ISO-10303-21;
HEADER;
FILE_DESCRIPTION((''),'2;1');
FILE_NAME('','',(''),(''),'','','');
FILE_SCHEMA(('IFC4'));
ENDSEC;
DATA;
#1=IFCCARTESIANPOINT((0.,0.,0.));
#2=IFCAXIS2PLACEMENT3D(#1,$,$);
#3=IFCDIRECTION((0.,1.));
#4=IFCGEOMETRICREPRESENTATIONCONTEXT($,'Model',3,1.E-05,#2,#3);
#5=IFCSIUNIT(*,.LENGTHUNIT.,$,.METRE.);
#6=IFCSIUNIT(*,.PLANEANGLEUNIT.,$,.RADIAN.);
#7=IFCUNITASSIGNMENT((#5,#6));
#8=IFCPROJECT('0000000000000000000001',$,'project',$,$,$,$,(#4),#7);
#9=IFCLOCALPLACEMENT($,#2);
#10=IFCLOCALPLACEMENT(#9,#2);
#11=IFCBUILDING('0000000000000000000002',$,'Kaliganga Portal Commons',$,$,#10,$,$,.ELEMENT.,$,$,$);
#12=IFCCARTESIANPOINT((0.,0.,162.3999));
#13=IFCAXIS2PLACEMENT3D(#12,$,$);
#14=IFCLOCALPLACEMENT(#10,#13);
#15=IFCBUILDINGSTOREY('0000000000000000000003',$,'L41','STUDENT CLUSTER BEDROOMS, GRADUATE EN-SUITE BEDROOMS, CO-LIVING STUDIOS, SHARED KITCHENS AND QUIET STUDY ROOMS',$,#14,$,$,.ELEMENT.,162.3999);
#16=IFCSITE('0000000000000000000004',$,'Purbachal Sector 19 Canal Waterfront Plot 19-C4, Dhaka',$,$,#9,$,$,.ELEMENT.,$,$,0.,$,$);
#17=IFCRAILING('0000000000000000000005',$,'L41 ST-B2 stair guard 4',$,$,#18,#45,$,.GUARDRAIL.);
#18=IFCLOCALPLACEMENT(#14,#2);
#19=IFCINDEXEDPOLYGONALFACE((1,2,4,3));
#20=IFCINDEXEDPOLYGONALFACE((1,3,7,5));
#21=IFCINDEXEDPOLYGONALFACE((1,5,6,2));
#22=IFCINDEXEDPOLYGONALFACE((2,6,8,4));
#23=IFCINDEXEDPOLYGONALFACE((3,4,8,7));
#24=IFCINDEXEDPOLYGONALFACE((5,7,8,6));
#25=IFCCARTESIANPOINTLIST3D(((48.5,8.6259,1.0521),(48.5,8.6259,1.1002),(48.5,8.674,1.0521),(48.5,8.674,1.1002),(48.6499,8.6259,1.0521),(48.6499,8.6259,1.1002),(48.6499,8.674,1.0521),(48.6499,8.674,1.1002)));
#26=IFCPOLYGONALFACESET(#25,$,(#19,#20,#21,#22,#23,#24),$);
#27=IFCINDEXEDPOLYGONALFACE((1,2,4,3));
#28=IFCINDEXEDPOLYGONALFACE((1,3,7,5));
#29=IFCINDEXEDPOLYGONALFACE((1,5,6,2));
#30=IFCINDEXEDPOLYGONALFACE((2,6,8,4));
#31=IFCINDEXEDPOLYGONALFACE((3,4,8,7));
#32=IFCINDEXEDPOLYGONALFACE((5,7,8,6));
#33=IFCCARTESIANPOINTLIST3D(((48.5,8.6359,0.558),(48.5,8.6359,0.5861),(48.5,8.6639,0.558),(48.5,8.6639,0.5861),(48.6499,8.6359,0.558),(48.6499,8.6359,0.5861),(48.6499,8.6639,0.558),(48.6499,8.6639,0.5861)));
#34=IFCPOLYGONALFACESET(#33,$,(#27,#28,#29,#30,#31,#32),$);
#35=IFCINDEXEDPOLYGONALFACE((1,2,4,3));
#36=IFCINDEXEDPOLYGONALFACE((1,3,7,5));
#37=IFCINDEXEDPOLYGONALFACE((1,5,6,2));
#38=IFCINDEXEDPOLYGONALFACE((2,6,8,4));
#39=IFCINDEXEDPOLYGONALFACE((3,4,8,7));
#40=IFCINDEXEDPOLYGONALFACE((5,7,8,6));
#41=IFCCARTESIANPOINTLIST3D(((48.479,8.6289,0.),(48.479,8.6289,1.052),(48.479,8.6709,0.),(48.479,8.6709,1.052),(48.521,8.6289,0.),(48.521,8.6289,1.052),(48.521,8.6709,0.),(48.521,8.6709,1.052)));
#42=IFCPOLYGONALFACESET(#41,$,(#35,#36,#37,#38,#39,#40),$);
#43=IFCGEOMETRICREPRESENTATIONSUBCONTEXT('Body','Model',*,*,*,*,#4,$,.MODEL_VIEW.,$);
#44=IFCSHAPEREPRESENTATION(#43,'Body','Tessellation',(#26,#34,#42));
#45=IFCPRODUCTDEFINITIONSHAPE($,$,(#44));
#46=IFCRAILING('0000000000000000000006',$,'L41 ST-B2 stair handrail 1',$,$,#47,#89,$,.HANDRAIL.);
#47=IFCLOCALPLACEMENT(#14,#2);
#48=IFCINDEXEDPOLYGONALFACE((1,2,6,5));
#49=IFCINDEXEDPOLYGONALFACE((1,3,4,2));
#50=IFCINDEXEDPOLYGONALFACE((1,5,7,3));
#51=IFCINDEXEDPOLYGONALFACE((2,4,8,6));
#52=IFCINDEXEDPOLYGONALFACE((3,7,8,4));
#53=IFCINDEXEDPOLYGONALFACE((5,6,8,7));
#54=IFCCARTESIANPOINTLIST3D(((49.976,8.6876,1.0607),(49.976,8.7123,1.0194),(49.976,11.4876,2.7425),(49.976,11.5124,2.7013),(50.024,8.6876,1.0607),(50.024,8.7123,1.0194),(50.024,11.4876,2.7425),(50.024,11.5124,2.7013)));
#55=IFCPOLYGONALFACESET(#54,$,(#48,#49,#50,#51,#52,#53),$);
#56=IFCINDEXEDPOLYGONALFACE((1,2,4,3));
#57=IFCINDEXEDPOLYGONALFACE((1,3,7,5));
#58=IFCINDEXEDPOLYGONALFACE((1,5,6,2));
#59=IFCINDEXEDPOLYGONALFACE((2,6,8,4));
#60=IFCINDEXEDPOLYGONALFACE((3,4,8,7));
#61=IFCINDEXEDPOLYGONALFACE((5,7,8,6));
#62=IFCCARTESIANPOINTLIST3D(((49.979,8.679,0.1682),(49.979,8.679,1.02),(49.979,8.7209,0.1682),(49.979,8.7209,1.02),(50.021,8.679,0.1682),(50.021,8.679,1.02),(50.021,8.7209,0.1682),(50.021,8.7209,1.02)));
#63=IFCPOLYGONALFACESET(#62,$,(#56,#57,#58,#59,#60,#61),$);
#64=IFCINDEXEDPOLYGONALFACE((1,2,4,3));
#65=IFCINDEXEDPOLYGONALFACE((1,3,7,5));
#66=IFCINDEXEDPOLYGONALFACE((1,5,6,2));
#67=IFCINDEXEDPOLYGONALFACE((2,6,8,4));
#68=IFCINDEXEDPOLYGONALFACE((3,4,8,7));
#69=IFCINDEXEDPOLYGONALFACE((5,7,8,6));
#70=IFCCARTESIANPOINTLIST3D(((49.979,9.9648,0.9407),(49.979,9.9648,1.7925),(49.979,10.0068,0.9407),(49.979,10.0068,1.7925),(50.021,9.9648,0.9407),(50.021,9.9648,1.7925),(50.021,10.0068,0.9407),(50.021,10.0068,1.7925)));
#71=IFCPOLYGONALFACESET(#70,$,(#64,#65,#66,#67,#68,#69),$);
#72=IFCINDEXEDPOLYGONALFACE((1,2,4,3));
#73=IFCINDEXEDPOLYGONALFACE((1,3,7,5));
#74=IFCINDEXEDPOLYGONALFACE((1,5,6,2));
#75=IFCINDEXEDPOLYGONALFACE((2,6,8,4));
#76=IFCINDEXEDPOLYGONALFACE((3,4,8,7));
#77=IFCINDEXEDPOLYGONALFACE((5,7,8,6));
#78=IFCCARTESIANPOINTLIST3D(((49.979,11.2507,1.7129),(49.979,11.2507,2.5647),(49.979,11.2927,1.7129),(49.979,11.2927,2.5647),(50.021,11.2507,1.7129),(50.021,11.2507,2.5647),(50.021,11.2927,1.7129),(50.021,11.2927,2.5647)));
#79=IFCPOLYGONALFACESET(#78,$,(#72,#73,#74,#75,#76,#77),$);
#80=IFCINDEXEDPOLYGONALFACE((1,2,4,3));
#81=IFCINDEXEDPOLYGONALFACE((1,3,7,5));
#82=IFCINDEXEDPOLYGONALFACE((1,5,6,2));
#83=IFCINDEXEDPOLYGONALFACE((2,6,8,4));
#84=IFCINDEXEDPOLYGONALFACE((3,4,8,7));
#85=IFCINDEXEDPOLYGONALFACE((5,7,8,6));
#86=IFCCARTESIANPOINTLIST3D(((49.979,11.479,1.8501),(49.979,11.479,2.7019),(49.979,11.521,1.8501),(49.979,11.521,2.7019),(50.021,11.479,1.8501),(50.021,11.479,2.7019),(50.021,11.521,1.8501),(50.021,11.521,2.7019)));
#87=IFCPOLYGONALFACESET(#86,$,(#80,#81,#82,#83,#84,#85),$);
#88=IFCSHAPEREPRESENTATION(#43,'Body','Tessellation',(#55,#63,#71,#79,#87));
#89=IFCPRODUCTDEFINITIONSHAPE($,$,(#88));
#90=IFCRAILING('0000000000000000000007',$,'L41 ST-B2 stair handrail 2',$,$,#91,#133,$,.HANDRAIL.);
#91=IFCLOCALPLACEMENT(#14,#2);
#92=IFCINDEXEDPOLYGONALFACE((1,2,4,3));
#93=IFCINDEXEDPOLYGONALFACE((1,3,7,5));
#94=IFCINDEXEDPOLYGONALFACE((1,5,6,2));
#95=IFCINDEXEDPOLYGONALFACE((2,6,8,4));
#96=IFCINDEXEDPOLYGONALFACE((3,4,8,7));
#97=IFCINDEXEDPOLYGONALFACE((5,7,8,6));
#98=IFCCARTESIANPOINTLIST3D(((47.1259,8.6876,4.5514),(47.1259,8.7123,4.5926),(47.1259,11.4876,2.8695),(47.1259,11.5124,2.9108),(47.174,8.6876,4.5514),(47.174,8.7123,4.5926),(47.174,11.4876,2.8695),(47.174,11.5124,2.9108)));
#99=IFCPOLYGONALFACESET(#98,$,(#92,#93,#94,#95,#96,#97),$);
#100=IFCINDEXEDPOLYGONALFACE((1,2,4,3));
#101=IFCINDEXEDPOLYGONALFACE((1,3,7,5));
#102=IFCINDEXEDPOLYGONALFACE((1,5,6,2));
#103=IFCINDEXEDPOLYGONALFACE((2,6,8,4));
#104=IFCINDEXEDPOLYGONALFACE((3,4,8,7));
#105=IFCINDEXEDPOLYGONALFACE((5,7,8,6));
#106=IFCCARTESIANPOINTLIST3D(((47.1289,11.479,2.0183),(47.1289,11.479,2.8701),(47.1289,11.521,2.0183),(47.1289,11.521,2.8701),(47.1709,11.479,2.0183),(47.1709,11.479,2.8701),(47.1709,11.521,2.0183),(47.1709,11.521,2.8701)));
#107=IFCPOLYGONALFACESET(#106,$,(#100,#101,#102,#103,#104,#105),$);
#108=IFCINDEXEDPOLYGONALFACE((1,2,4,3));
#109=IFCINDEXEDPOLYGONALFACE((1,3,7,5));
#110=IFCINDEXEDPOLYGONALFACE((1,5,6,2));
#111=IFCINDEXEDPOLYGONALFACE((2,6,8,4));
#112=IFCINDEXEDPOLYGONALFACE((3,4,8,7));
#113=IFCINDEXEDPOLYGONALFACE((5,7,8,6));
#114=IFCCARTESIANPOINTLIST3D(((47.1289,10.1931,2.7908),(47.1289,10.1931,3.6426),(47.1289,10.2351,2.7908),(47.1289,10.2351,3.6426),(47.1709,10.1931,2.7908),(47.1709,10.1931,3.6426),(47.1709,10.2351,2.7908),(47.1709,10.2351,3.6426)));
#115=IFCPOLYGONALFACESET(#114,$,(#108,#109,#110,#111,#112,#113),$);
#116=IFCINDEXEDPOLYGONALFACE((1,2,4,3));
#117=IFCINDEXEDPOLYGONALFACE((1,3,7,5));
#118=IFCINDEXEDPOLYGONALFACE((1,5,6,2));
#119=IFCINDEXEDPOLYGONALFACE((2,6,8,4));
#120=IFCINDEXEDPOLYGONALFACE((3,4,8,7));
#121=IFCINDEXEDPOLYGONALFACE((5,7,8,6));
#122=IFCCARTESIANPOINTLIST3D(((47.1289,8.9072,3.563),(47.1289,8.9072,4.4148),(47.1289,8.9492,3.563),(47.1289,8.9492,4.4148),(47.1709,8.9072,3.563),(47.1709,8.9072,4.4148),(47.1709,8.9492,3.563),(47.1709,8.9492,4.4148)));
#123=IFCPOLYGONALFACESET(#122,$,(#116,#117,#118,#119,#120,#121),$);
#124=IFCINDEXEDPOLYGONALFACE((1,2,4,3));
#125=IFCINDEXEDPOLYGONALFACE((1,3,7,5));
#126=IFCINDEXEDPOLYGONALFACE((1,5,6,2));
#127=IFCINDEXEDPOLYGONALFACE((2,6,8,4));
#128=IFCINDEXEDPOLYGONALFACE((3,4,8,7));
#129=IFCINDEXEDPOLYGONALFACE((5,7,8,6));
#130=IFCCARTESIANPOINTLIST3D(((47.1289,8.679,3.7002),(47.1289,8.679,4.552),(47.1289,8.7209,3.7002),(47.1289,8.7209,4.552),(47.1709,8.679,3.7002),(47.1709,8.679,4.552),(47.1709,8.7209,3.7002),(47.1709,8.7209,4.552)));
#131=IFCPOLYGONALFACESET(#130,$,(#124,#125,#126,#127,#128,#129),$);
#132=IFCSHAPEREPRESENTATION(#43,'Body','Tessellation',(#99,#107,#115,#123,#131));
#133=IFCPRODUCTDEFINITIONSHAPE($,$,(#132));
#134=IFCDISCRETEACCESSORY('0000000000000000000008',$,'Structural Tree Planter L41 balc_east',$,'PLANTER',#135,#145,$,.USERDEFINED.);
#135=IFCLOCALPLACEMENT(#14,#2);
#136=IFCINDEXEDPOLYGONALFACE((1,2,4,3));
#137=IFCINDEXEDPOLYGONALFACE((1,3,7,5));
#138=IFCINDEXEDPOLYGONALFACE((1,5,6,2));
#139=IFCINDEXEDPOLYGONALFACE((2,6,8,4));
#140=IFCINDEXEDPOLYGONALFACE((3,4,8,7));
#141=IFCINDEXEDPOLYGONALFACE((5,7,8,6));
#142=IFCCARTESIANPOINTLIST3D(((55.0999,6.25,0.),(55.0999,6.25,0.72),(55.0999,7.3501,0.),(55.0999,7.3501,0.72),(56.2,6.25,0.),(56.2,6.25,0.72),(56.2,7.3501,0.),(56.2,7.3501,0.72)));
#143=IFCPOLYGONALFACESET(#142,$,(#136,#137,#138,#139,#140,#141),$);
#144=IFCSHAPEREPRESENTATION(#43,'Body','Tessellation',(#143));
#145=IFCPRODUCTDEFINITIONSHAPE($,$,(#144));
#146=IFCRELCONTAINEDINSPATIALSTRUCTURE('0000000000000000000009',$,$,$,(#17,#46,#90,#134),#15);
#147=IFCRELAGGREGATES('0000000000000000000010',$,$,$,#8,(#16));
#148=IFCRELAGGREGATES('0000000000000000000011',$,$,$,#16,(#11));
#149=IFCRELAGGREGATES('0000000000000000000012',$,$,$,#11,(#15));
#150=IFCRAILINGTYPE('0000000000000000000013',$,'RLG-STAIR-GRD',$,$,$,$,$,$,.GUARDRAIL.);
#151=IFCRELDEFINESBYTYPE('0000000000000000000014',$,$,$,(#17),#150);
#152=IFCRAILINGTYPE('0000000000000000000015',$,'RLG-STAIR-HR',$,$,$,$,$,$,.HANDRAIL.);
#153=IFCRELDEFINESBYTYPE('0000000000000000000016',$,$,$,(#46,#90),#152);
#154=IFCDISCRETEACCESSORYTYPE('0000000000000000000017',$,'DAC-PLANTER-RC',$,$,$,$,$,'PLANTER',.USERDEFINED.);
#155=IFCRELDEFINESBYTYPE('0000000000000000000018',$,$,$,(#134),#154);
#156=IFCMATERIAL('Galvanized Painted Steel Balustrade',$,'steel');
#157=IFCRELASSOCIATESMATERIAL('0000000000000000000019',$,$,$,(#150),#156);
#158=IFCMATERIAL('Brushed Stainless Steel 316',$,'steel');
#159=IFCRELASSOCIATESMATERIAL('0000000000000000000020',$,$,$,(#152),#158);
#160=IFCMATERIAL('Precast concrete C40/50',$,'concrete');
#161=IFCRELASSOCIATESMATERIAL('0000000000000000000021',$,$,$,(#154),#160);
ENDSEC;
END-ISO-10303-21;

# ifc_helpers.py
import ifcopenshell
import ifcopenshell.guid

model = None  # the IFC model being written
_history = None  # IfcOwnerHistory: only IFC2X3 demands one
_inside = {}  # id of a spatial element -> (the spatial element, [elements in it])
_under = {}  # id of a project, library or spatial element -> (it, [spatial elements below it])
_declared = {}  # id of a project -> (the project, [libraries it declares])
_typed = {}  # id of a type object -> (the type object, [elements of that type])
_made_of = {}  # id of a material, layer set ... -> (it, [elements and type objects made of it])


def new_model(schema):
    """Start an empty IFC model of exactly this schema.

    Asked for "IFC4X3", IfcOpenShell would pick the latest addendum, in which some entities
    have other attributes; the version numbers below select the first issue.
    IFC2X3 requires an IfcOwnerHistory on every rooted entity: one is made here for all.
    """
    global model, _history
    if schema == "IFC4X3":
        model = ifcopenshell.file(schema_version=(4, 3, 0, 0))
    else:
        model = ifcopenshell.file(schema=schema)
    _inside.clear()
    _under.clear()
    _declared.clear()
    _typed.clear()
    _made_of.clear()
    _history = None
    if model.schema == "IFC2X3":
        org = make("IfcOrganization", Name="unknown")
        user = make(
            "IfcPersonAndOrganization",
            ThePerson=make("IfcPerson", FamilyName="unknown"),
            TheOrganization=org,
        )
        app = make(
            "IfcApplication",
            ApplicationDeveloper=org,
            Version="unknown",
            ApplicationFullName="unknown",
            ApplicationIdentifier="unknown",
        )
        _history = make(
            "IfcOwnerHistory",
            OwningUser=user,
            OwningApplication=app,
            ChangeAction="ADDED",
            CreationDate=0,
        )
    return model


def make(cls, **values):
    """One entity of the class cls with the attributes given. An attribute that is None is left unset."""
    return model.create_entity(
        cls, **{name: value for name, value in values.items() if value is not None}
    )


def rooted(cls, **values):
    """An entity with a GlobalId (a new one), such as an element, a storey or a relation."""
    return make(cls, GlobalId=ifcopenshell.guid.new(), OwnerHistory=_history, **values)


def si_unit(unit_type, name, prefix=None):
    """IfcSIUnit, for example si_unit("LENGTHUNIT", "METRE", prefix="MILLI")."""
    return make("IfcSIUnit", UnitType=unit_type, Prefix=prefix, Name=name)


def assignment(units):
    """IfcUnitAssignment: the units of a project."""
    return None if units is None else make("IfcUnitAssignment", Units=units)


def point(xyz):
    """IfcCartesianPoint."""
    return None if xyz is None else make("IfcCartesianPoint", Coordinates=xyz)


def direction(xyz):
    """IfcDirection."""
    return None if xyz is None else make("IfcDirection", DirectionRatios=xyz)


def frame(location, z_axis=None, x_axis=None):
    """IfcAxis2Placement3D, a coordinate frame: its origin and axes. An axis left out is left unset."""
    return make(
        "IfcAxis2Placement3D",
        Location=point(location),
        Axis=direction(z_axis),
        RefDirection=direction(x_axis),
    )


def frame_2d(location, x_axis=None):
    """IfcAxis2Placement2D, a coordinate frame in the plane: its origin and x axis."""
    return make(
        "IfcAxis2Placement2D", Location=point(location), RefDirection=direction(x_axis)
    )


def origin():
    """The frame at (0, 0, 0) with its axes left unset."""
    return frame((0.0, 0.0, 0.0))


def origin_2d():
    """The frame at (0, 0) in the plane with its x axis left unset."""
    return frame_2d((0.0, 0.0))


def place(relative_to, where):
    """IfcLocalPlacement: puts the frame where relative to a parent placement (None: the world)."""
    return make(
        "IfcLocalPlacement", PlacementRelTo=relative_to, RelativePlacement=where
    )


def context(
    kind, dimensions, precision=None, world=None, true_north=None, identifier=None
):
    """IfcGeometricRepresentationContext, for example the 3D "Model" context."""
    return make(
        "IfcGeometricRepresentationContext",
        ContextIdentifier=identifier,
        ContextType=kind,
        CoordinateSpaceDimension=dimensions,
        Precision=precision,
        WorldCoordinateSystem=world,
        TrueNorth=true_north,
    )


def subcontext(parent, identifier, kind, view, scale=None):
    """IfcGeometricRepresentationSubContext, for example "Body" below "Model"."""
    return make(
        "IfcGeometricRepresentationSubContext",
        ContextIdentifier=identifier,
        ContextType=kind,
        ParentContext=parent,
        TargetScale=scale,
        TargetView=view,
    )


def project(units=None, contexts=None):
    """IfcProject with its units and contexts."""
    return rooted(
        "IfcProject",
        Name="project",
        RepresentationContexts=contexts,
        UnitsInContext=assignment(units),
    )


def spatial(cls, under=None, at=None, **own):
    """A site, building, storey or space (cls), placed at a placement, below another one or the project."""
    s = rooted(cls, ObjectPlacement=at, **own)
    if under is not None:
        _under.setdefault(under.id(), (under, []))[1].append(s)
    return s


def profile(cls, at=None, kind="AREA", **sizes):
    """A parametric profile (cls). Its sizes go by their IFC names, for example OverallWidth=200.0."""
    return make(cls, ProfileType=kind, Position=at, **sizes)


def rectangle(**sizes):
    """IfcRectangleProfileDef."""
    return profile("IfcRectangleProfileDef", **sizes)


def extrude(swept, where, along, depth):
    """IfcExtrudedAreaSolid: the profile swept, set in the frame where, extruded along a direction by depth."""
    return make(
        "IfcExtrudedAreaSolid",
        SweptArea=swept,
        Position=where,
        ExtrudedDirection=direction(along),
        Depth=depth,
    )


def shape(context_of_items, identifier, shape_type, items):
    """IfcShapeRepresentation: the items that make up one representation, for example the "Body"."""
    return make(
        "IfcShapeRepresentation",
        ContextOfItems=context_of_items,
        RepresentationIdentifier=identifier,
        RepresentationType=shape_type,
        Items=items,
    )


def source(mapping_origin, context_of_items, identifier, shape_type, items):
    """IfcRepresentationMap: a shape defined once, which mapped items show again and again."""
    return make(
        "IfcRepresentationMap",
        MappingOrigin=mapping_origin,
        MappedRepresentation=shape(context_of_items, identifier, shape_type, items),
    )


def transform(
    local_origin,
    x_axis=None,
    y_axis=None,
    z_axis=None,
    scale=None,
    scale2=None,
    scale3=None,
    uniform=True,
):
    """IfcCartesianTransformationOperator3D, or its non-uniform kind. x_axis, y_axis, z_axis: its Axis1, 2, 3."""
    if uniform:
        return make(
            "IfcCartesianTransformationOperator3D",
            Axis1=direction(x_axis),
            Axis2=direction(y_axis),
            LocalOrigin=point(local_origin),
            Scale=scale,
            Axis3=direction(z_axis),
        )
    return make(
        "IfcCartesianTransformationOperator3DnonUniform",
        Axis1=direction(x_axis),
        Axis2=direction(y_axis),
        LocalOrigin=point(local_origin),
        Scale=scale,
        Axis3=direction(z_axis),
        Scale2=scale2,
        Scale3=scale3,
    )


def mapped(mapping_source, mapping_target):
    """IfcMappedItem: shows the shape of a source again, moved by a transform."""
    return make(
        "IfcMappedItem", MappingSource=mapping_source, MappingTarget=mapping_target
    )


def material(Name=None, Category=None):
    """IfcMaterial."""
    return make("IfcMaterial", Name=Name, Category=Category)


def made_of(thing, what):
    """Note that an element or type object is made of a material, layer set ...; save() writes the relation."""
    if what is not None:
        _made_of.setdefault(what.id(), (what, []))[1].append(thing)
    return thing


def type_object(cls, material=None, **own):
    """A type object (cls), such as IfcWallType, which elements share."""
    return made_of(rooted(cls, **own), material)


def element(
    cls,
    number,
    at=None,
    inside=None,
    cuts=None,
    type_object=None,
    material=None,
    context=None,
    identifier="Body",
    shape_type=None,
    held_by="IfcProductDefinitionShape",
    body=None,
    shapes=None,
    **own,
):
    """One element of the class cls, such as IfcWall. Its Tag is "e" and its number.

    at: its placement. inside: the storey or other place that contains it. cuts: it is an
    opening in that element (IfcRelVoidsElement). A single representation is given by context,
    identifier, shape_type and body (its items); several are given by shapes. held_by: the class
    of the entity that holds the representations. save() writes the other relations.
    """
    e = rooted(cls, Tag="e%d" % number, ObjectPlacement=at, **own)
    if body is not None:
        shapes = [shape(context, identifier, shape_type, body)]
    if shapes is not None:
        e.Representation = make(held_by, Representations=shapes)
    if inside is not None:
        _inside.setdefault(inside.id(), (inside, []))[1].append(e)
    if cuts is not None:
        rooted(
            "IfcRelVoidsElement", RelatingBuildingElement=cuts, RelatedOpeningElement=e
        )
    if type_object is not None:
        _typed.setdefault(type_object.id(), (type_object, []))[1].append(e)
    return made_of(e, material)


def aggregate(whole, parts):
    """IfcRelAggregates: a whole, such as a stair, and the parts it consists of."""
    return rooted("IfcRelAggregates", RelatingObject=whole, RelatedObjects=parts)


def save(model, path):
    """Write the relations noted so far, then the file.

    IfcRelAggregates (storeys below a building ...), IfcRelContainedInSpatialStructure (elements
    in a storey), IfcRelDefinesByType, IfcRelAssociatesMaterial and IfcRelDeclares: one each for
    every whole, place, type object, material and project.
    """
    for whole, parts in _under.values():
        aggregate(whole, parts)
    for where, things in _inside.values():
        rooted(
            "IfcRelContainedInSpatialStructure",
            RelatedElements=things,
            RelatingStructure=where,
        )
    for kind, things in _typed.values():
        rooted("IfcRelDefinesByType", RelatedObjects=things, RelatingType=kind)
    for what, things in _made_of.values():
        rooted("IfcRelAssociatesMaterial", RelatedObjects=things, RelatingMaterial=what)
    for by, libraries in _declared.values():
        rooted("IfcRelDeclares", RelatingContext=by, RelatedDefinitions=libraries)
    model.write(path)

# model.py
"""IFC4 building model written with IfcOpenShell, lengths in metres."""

from ifc_helpers import new_model, si_unit, direction, frame, origin, origin_2d, place, context, subcontext, project, spatial, rectangle, extrude, source, transform, mapped, material, type_object, element, save


model = new_model("IFC4")

# Units and contexts
model_context = context("Model", 3, precision=1e-05, world=origin(), true_north=direction((0.0, 1.0)))
body_context = subcontext(model_context, "Body", "Model", "MODEL_VIEW")
ifc_project = project(units=[si_unit("LENGTHUNIT", "METRE"), si_unit("PLANEANGLEUNIT", "RADIAN")], contexts=[model_context])

# Site, building, storey
site_placement = place(None, origin())
site = spatial("IfcSite", under=ifc_project, at=site_placement, Name="Purbachal Sector 19 Canal Waterfront Plot 19-C4, Dhaka", CompositionType="ELEMENT", RefElevation=0.0)
building_placement = place(site_placement, origin())
building = spatial("IfcBuilding", under=site, at=building_placement, Name="Kaliganga Portal Commons", CompositionType="ELEMENT")
storey_placement = place(building_placement, frame((0.0, 0.0, 162.3999)))
storey = spatial("IfcBuildingStorey", under=building, at=storey_placement, Name="L41", Description="STUDENT CLUSTER BEDROOMS, GRADUATE EN-SUITE BEDROOMS, CO-LIVING STUDIOS, SHARED KITCHENS AND QUIET STUDY ROOMS", CompositionType="ELEMENT", Elevation=162.3999)

# Railings
ifc_material_1 = material(Name="Galvanized Painted Steel Balustrade", Category="steel")
railing_type_1 = type_object("IfcRailingType", Name="RLG-STAIR-GRD", PredefinedType="GUARDRAIL", material=ifc_material_1)
railing_1_placement = place(storey_placement, frame((48.6499, 8.6499, 0.0)))
element("IfcRailing", 1, at=railing_1_placement, inside=storey, type_object=railing_type_1, Name="L41 ST-B2 stair guard 4", PredefinedType="GUARDRAIL", context=body_context, shape_type="SweptSolid", body=[
    extrude(rectangle(XDim=0.0481, YDim=0.0481, at=origin_2d()), frame((0.0, 0.0, 1.0762), z_axis=(-1.0, 0.0, 0.0), x_axis=(0.0, -1.0, 0.0)), (0.0, 0.0, 1.0), 0.1499),
    extrude(rectangle(XDim=0.0281, YDim=0.0281, at=origin_2d()), frame((0.0, 0.0, 0.572), z_axis=(-1.0, 0.0, 0.0), x_axis=(0.0, -1.0, 0.0)), (0.0, 0.0, 1.0), 0.1499),
    extrude(rectangle(XDim=0.042, YDim=0.042, at=origin_2d()), frame((-0.1499, 0.0, 0.0)), (0.0, 0.0, 1.0), 1.052),
])
ifc_material_2 = material(Name="Brushed Stainless Steel 316", Category="steel")
railing_type_2 = type_object("IfcRailingType", Name="RLG-STAIR-HR", PredefinedType="HANDRAIL", material=ifc_material_2)
railing_2_placement = place(storey_placement, frame((50.0, 8.7, 0.1682)))
element("IfcRailing", 2, at=railing_2_placement, inside=storey, type_object=railing_type_2, Name="L41 ST-B2 stair handrail 1", PredefinedType="HANDRAIL", context=body_context, shape_type="SweptSolid", body=[
    extrude(rectangle(XDim=0.0481, YDim=0.0481, at=origin_2d()), frame((0.0, 0.0, 0.8718), z_axis=(0.0, 0.857242, 0.514913), x_axis=(-1.0, 0.0, 0.0)), (0.0, 0.0, 1.0), 3.2664),
    extrude(rectangle(XDim=0.042, YDim=0.042, at=origin_2d()), origin(), (0.0, 0.0, 1.0), 0.8518),
    extrude(rectangle(XDim=0.042, YDim=0.042, at=origin_2d()), frame((0.0, 1.2859, 0.7725)), (0.0, 0.0, 1.0), 0.8518),
    extrude(rectangle(XDim=0.042, YDim=0.042, at=origin_2d()), frame((0.0, 2.5718, 1.5447)), (0.0, 0.0, 1.0), 0.8518),
    extrude(rectangle(XDim=0.042, YDim=0.042, at=origin_2d()), frame((0.0, 2.8, 1.6819)), (0.0, 0.0, 1.0), 0.8518),
])
railing_3_placement = place(storey_placement, frame((47.1499, 11.5, 2.0183)))
element("IfcRailing", 3, at=railing_3_placement, inside=storey, type_object=railing_type_2, Name="L41 ST-B2 stair handrail 2", PredefinedType="HANDRAIL", context=body_context, shape_type="SweptSolid", body=[
    extrude(rectangle(XDim=0.0481, YDim=0.0481, at=origin_2d()), frame((0.0, 0.0, 0.8718), z_axis=(0.0, -0.857242, 0.514913), x_axis=(1.0, 0.0, 0.0)), (0.0, 0.0, 1.0), 3.2664),
    extrude(rectangle(XDim=0.042, YDim=0.042, at=origin_2d()), origin(), (0.0, 0.0, 1.0), 0.8518),
    extrude(rectangle(XDim=0.042, YDim=0.042, at=origin_2d()), frame((0.0, -1.2859, 0.7725)), (0.0, 0.0, 1.0), 0.8518),
    extrude(rectangle(XDim=0.042, YDim=0.042, at=origin_2d()), frame((0.0, -2.5718, 1.5447)), (0.0, 0.0, 1.0), 0.8518),
    extrude(rectangle(XDim=0.042, YDim=0.042, at=origin_2d()), frame((0.0, -2.8, 1.6819)), (0.0, 0.0, 1.0), 0.8518),
])

# Discrete accessory
ifc_material_3 = material(Name="Precast concrete C40/50", Category="concrete")
discrete_accessory_type = type_object("IfcDiscreteAccessoryType", Name="DAC-PLANTER-RC", ElementType="PLANTER", PredefinedType="USERDEFINED", material=ifc_material_3)
shared_shape_1 = source(origin(), body_context, "Body", "SweptSolid", [
    extrude(rectangle(XDim=1.1001, YDim=1.1001, at=origin_2d()), origin(), (0.0, 0.0, 1.0), 0.72),
])
discrete_accessory_placement = place(storey_placement, frame((55.6499, 6.8, 0.0), z_axis=(0.0, 0.0, 1.0), x_axis=(1.0, 0.0, 0.0)))
element("IfcDiscreteAccessory", 4, at=discrete_accessory_placement, inside=storey, type_object=discrete_accessory_type, Name="Structural Tree Planter L41 balc_east", ObjectType="PLANTER", PredefinedType="USERDEFINED", context=body_context, shape_type="MappedRepresentation", body=[
    mapped(shared_shape_1, transform((0.0, 0.0, 0.0), x_axis=(1.0, 0.0, 0.0), y_axis=(0.0, 1.0, 0.0), z_axis=(0.0, 0.0, 1.0), scale=1.0)),
])

save(model, "model.ifc")
